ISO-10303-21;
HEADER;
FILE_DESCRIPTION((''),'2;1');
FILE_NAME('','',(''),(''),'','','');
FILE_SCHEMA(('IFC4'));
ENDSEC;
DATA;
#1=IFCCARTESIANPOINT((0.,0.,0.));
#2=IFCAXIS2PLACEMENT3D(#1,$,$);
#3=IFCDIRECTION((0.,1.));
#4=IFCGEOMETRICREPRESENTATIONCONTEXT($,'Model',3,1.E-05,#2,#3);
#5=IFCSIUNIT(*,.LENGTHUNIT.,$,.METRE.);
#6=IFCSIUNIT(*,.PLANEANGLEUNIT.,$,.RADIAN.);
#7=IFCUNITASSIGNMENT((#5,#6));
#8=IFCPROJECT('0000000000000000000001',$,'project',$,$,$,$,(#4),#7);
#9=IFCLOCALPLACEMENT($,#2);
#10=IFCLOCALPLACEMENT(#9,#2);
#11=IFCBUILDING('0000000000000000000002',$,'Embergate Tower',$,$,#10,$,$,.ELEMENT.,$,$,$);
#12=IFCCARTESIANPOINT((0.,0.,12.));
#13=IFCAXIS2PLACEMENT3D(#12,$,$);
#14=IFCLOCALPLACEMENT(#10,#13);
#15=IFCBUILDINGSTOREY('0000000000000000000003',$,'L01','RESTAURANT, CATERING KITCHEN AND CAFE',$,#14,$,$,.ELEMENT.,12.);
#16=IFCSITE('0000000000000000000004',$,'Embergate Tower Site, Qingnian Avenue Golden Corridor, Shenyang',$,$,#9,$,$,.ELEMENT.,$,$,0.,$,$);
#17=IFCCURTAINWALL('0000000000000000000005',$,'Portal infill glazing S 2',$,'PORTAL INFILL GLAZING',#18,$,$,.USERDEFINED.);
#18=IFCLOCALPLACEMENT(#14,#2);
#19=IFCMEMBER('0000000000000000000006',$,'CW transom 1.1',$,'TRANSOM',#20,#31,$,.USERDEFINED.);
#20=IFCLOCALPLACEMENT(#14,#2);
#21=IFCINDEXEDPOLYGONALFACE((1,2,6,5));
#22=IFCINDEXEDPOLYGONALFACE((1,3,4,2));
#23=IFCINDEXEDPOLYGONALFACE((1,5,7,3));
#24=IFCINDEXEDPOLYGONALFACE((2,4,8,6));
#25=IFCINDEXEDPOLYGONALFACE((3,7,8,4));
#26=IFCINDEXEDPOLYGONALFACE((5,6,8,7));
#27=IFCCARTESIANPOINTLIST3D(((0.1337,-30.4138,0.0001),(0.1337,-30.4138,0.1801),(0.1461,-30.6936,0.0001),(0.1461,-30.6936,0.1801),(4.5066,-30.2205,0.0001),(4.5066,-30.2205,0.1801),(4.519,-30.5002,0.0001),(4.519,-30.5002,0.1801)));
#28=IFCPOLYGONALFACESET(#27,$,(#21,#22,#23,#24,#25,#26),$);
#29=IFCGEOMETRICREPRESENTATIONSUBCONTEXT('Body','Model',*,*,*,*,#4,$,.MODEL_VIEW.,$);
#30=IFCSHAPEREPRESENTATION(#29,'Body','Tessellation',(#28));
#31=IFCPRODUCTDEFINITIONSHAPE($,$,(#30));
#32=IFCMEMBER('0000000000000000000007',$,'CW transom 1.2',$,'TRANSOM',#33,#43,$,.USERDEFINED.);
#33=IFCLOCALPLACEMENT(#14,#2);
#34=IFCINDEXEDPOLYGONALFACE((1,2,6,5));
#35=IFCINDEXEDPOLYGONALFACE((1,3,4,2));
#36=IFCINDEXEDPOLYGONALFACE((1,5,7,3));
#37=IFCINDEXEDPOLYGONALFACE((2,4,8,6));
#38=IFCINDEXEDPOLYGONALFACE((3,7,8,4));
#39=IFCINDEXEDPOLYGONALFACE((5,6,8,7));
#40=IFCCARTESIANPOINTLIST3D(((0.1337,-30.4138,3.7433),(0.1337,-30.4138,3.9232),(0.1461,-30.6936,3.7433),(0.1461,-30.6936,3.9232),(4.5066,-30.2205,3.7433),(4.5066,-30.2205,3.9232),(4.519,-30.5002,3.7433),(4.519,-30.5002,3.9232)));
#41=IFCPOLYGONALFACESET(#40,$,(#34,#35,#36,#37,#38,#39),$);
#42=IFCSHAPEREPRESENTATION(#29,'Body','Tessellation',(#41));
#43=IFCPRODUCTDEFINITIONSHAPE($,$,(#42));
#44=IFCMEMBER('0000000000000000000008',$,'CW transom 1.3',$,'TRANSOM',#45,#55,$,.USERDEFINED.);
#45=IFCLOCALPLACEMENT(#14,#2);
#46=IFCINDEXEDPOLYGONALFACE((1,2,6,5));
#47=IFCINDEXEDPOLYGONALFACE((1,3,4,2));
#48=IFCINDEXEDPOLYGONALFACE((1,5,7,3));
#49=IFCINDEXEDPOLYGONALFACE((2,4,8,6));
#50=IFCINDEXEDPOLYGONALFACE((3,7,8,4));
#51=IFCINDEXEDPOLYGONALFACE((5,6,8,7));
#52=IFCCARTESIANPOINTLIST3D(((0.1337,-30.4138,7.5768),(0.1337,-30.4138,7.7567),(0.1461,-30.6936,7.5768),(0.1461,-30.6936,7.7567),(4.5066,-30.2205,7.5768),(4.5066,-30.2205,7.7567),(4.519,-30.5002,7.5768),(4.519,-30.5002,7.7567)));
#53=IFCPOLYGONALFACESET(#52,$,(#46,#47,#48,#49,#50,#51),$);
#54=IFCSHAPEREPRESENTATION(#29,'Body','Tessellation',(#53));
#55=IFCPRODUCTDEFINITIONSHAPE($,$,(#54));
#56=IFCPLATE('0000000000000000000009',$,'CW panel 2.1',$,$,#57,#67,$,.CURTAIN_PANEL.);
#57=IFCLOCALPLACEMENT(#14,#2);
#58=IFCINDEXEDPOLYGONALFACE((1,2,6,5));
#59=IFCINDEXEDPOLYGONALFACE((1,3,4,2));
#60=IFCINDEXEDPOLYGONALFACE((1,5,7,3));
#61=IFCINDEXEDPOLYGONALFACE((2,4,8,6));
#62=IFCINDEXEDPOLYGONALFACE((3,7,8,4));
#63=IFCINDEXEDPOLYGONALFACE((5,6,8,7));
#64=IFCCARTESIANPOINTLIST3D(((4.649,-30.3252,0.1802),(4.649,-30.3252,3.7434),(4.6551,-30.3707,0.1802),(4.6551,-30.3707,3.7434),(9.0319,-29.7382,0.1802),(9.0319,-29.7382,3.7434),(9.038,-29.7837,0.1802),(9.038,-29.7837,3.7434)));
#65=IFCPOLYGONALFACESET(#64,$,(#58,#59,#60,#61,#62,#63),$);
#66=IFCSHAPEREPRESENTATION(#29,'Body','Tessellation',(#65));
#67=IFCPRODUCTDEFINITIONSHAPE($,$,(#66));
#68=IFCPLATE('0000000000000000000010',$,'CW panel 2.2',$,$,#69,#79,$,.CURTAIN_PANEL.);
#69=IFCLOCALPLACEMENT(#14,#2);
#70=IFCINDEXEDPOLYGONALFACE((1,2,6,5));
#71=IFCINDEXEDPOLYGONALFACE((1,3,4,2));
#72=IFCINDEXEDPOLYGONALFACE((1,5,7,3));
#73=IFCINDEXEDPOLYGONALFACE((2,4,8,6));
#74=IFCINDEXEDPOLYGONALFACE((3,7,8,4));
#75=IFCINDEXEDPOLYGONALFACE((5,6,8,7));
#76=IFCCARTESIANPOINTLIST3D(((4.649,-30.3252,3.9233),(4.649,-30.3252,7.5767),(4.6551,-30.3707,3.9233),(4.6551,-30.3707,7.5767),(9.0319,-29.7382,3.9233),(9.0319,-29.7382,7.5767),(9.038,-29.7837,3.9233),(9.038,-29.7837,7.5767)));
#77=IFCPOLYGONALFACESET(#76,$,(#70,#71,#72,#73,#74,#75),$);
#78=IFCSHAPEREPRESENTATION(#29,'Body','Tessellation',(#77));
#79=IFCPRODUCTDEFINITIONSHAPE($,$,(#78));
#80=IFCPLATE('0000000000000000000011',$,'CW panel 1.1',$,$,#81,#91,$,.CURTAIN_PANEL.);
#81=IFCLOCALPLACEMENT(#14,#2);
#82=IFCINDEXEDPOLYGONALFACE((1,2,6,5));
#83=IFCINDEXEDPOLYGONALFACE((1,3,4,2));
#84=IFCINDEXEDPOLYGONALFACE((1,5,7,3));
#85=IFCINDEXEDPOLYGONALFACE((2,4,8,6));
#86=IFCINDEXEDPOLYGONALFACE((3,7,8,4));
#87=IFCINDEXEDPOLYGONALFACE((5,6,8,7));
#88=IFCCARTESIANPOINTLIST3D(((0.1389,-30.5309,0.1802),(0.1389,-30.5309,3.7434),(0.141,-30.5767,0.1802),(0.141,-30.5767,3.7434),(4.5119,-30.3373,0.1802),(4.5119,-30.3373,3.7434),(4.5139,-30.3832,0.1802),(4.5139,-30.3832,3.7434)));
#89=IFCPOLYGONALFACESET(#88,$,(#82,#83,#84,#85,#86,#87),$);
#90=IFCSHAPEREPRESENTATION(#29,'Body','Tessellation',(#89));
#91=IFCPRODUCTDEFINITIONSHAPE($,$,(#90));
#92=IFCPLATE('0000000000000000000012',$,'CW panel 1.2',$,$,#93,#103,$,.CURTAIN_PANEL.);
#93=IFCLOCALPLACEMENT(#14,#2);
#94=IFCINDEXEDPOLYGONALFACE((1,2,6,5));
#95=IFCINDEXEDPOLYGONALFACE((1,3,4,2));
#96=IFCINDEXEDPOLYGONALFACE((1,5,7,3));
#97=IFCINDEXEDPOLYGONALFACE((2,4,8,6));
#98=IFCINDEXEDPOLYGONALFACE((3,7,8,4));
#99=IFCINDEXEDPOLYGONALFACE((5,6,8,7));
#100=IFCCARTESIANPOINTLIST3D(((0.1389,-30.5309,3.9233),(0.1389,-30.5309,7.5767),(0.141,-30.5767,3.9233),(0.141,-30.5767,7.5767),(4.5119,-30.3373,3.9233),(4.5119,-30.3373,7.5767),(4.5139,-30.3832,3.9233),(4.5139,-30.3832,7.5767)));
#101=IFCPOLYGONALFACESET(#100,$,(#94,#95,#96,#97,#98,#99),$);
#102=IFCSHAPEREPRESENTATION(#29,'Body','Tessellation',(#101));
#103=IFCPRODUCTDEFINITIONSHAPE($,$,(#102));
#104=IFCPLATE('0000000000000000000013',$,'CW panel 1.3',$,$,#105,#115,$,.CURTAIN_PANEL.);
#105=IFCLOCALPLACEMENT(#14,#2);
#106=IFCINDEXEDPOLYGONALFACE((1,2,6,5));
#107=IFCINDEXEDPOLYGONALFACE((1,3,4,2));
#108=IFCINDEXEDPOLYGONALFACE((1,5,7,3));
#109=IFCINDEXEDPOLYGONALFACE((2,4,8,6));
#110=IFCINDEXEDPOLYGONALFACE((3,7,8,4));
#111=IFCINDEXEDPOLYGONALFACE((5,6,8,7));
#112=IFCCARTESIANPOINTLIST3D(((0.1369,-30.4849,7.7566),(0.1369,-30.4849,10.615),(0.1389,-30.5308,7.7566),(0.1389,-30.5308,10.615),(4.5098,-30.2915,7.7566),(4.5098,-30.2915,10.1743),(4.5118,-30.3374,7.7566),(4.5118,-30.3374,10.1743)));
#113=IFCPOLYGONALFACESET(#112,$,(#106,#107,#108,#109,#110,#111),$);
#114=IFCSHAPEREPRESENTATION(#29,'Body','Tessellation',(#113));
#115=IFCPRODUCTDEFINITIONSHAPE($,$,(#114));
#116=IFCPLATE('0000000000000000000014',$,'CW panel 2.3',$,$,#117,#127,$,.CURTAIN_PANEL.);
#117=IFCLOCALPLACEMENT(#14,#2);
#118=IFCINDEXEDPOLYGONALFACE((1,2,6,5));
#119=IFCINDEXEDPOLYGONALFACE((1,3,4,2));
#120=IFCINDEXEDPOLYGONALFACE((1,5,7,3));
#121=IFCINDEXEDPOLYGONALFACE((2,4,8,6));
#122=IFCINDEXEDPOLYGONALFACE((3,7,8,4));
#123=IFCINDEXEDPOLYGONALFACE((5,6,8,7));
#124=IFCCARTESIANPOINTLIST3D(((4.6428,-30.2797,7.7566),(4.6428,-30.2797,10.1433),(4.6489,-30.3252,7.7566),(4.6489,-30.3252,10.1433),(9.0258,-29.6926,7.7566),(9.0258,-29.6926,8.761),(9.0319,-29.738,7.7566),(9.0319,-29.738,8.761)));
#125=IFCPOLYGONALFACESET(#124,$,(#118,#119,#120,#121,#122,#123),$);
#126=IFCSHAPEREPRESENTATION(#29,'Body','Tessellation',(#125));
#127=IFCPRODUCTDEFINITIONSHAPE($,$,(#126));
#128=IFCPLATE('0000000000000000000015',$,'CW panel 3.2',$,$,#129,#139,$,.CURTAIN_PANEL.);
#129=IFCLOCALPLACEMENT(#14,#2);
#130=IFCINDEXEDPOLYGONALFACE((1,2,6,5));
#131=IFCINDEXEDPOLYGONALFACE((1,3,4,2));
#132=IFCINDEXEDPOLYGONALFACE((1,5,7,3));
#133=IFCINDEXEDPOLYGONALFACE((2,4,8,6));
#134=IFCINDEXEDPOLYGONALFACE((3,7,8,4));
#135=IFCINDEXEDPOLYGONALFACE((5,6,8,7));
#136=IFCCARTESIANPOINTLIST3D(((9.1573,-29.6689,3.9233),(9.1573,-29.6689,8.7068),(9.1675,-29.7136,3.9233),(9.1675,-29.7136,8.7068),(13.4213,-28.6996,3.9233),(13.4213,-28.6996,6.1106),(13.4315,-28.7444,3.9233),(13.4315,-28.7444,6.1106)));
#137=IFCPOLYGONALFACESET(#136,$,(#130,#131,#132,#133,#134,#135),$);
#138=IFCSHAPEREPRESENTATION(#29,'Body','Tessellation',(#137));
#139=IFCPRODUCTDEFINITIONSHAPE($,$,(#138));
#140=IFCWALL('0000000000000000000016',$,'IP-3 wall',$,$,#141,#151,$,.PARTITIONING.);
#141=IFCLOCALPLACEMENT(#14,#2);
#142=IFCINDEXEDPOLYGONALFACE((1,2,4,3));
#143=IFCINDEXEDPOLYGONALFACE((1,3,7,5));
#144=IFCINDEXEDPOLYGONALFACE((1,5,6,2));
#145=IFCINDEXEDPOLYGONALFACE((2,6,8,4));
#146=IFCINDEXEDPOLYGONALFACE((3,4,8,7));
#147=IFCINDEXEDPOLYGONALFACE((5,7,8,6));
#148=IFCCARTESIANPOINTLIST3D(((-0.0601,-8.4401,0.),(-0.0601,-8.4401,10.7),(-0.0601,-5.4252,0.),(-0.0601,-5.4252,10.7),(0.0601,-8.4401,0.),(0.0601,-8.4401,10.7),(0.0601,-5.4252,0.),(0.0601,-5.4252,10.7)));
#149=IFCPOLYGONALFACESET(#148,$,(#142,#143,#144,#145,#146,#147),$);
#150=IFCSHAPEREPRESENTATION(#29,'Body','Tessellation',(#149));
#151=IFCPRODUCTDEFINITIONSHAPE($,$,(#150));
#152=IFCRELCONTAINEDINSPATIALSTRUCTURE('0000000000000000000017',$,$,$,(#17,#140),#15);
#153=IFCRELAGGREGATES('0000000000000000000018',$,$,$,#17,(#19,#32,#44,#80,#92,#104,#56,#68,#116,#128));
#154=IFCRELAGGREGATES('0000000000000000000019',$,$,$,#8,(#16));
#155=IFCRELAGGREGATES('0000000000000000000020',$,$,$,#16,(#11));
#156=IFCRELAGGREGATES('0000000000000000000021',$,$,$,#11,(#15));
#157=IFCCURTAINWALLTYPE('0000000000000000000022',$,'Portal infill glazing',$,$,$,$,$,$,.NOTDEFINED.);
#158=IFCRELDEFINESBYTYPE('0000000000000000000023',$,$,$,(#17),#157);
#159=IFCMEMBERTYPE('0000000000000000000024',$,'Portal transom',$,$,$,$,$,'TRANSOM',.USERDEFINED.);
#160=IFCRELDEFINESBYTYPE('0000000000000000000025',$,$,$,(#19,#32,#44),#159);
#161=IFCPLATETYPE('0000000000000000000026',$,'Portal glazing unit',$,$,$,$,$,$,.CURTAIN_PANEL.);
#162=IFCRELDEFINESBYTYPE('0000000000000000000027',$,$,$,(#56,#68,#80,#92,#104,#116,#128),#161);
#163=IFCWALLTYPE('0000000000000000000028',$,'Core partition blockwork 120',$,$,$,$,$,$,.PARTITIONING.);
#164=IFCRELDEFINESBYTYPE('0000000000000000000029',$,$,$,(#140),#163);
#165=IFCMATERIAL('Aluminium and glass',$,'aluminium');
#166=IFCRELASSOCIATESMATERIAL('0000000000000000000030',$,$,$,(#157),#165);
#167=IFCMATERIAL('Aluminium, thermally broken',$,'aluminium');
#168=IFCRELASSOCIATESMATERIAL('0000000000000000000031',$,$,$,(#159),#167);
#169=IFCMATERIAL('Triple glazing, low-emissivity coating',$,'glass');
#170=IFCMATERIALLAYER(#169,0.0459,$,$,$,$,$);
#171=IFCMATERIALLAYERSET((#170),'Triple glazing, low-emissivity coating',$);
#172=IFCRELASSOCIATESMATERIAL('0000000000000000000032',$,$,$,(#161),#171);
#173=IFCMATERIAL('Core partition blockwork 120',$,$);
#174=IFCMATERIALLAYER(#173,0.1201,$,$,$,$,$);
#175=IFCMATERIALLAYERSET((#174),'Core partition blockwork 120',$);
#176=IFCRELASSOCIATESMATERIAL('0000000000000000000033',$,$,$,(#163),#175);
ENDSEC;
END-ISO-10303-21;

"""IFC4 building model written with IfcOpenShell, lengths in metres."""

from ifc_helpers import new_model, si_unit, direction, frame, frame_2d, origin, origin_2d, place, context, subcontext, project, spatial, polyline, rectangle, outline, extrude, source, transform, mapped, material, layer, layer_set, material_profile, profile_set, type_object, element, aggregate, save


model = new_model("IFC4")

# Units and contexts
model_context = context("Model", 3, precision=1e-05, world=origin(), true_north=direction((0.0, 1.0)))
body_context = subcontext(model_context, "Body", "Model", "MODEL_VIEW")
ifc_project = project(units=[si_unit("LENGTHUNIT", "METRE"), si_unit("PLANEANGLEUNIT", "RADIAN")], contexts=[model_context])

# Site, building, storey
site_placement = place(None, origin())
site = spatial("IfcSite", under=ifc_project, at=site_placement, Name="Embergate Tower Site, Qingnian Avenue Golden Corridor, Shenyang", CompositionType="ELEMENT", RefElevation=0.0)
building_placement = place(site_placement, origin())
building = spatial("IfcBuilding", under=site, at=building_placement, Name="Embergate Tower", CompositionType="ELEMENT")
storey_placement = place(building_placement, frame((0.0, 0.0, 12.0)))
storey = spatial("IfcBuildingStorey", under=building, at=storey_placement, Name="L01", Description="RESTAURANT, CATERING KITCHEN AND CAFE", CompositionType="ELEMENT", Elevation=12.0)

# Curtain wall
ifc_material_1 = material(Name="Aluminium and glass", Category="aluminium")
curtain_wall_type = type_object("IfcCurtainWallType", Name="Portal infill glazing", PredefinedType="NOTDEFINED", material=ifc_material_1)
curtain_wall_1_placement = place(storey_placement, origin())
curtain_wall_1 = element("IfcCurtainWall", 1, at=curtain_wall_1_placement, inside=storey, type_object=curtain_wall_type, Name="Portal infill glazing S 2", ObjectType="PORTAL INFILL GLAZING", PredefinedType="USERDEFINED")
ifc_material_2 = material(Name="Aluminium, thermally broken", Category="aluminium")

# Members
ifc_material_profile_1 = material_profile(ifc_material_2, rectangle(XDim=0.28, YDim=0.1799, at=origin_2d()), Name="AL 180x280")
ifc_profile_set_1 = profile_set([ifc_material_profile_1], Name="Aluminium, thermally broken")
member_type_1 = type_object("IfcMemberType", Name="Portal transom", ElementType="TRANSOM", PredefinedType="USERDEFINED", material=ifc_profile_set_1)
shared_shape_1 = source(origin(), body_context, "Body", "SweptSolid", [
    extrude(rectangle(XDim=0.28, YDim=0.1799, at=origin_2d()), origin(), (0.0, 0.0, 1.0), 4.3772),
])
member_1_placement = place(storey_placement, frame((0.1399, -30.5537, 0.0901), z_axis=(0.999024, 0.044175, 0.0), x_axis=(-0.044175, 0.999024, 0.0)))
member_1 = element("IfcMember", 2, at=member_1_placement, type_object=member_type_1, Name="CW transom 1.1", ObjectType="TRANSOM", PredefinedType="USERDEFINED", context=body_context, shape_type="MappedRepresentation", body=[
    mapped(shared_shape_1, transform((0.0, 0.0, 0.0))),
])
member_2_placement = place(storey_placement, frame((0.1399, -30.5537, 3.8333), z_axis=(0.999024, 0.044175, 0.0), x_axis=(-0.044175, 0.999024, 0.0)))
member_2 = element("IfcMember", 3, at=member_2_placement, type_object=member_type_1, Name="CW transom 1.2", ObjectType="TRANSOM", PredefinedType="USERDEFINED", context=body_context, shape_type="MappedRepresentation", body=[
    mapped(shared_shape_1, transform((0.0, 0.0, 0.0))),
])
member_3_placement = place(storey_placement, frame((0.1399, -30.5537, 7.6667), z_axis=(0.999024, 0.044175, 0.0), x_axis=(-0.044175, 0.999024, 0.0)))
member_3 = element("IfcMember", 4, at=member_3_placement, type_object=member_type_1, Name="CW transom 1.3", ObjectType="TRANSOM", PredefinedType="USERDEFINED", context=body_context, shape_type="MappedRepresentation", body=[
    mapped(shared_shape_1, transform((0.0, 0.0, 0.0))),
])

# Plates
ifc_material_3 = material(Name="Triple glazing, low-emissivity coating", Category="glass")
ifc_layer_1 = layer(ifc_material_3, 0.0459)
ifc_layer_set_1 = layer_set([ifc_layer_1], Name="Triple glazing, low-emissivity coating")
plate_type = type_object("IfcPlateType", Name="Portal glazing unit", PredefinedType="CURTAIN_PANEL", material=ifc_layer_set_1)
shared_shape_2 = source(origin(), body_context, "Body", "SweptSolid", [
    extrude(rectangle(XDim=4.4221, YDim=0.0459, at=origin_2d()), origin(), (0.0, 0.0, 1.0), 3.5632),
])
plate_1_placement = place(storey_placement, frame((6.8435, -30.0544, 0.1802), z_axis=(0.0, 0.0, 1.0), x_axis=(0.991148, 0.132758, 0.0)))
plate_1 = element("IfcPlate", 5, at=plate_1_placement, type_object=plate_type, Name="CW panel 2.1", PredefinedType="CURTAIN_PANEL", context=body_context, shape_type="MappedRepresentation", body=[
    mapped(shared_shape_2, transform((0.0, 0.0, 0.0))),
])
shared_shape_3 = source(origin(), body_context, "Body", "SweptSolid", [
    extrude(rectangle(XDim=4.4221, YDim=0.0459, at=origin_2d()), origin(), (0.0, 0.0, 1.0), 3.6533),
])
plate_2_placement = place(storey_placement, frame((6.8435, -30.0544, 3.9233), z_axis=(0.0, 0.0, 1.0), x_axis=(0.991148, 0.132758, 0.0)))
plate_2 = element("IfcPlate", 6, at=plate_2_placement, type_object=plate_type, Name="CW panel 2.2", PredefinedType="CURTAIN_PANEL", context=body_context, shape_type="MappedRepresentation", body=[
    mapped(shared_shape_3, transform((0.0, 0.0, 0.0))),
])
shared_shape_4 = source(origin(), body_context, "Body", "SweptSolid", [
    extrude(rectangle(XDim=4.3772, YDim=0.0459, at=origin_2d()), origin(), (0.0, 0.0, 1.0), 3.5632),
])
plate_3_placement = place(storey_placement, frame((2.3264, -30.457, 0.1802), z_axis=(0.0, 0.0, 1.0), x_axis=(0.999022, 0.04421, 0.0)))
plate_3 = element("IfcPlate", 7, at=plate_3_placement, type_object=plate_type, Name="CW panel 1.1", PredefinedType="CURTAIN_PANEL", context=body_context, shape_type="MappedRepresentation", body=[
    mapped(shared_shape_4, transform((0.0, 0.0, 0.0))),
])
shared_shape_5 = source(origin(), body_context, "Body", "SweptSolid", [
    extrude(rectangle(XDim=4.3772, YDim=0.0459, at=origin_2d()), origin(), (0.0, 0.0, 1.0), 3.6533),
])
plate_4_placement = place(storey_placement, frame((2.3264, -30.457, 3.9233), z_axis=(0.0, 0.0, 1.0), x_axis=(0.999022, 0.04421, 0.0)))
plate_4 = element("IfcPlate", 8, at=plate_4_placement, type_object=plate_type, Name="CW panel 1.2", PredefinedType="CURTAIN_PANEL", context=body_context, shape_type="MappedRepresentation", body=[
    mapped(shared_shape_5, transform((0.0, 0.0, 0.0))),
])
shared_shape_6 = source(origin(), body_context, "Body", "SweptSolid", [
    extrude(outline(polyline([(0.0, 0.0), (4.3772, 0.0), (4.3772, 2.4177), (0.0, 2.8584), (0.0, 0.0)])), origin(), (0.0, 0.0, -1.0), 0.0459),
])
plate_5_placement = place(storey_placement, frame((0.1389, -30.5308, 7.7566), z_axis=(0.044175, -0.999024, 0.0), x_axis=(0.999024, 0.044175, 0.0)))
plate_5 = element("IfcPlate", 9, at=plate_5_placement, type_object=plate_type, Name="CW panel 1.3", PredefinedType="CURTAIN_PANEL", context=body_context, shape_type="MappedRepresentation", body=[
    mapped(shared_shape_6, transform((0.0, 0.0, 0.0))),
])
shared_shape_7 = source(origin(), body_context, "Body", "SweptSolid", [
    extrude(outline(polyline([(0.0, 0.0), (4.4221, 0.0), (4.4221, 1.0044), (0.0, 2.3867), (0.0, 0.0)])), origin(), (0.0, 0.0, -1.0), 0.0459),
])
plate_6_placement = place(storey_placement, frame((4.6489, -30.3252, 7.7566), z_axis=(0.132775, -0.991146, 0.0), x_axis=(0.991146, 0.132775, 0.0)))
plate_6 = element("IfcPlate", 10, at=plate_6_placement, type_object=plate_type, Name="CW panel 2.3", PredefinedType="CURTAIN_PANEL", context=body_context, shape_type="MappedRepresentation", body=[
    mapped(shared_shape_7, transform((0.0, 0.0, 0.0))),
])
shared_shape_8 = source(origin(), body_context, "Body", "SweptSolid", [
    extrude(outline(polyline([(0.0, 0.0), (4.3728, 0.0), (4.3728, 2.1873), (0.0, 4.7834), (0.0, 0.0)])), origin(), (0.0, 0.0, -1.0), 0.0459),
])
plate_7_placement = place(storey_placement, frame((9.1675, -29.7136, 3.9233), z_axis=(0.221657, -0.975125, 0.0), x_axis=(0.975125, 0.221657, 0.0)))
plate_7 = element("IfcPlate", 11, at=plate_7_placement, type_object=plate_type, Name="CW panel 3.2", PredefinedType="CURTAIN_PANEL", context=body_context, shape_type="MappedRepresentation", body=[
    mapped(shared_shape_8, transform((0.0, 0.0, 0.0))),
])
aggregate(curtain_wall_1, [member_1, member_2, member_3, plate_3, plate_4, plate_5, plate_1, plate_2, plate_6, plate_7])

# Wall
ifc_material_4 = material(Name="Core partition blockwork 120")
ifc_layer_2 = layer(ifc_material_4, 0.1201)
ifc_layer_set_2 = layer_set([ifc_layer_2], Name="Core partition blockwork 120")
wall_type_1 = type_object("IfcWallType", Name="Core partition blockwork 120", PredefinedType="PARTITIONING", material=ifc_layer_set_2)
shared_shape_9 = source(origin(), body_context, "Body", "SweptSolid", [
    extrude(rectangle(XDim=3.0149, YDim=0.1201, at=frame_2d((1.5073, 0.0))), origin(), (0.0, 0.0, 1.0), 10.7),
])
wall_1_placement = place(storey_placement, frame((0.0, -8.4399, 0.0), z_axis=(0.0, 0.0, 1.0), x_axis=(0.0, 1.0, 0.0)))
element("IfcWall", 12, at=wall_1_placement, inside=storey, type_object=wall_type_1, Name="IP-3 wall", PredefinedType="PARTITIONING", context=body_context, shape_type="MappedRepresentation", body=[
    mapped(shared_shape_9, transform((0.0, 0.0, 0.0))),
])

save(model, "model.ifc")
